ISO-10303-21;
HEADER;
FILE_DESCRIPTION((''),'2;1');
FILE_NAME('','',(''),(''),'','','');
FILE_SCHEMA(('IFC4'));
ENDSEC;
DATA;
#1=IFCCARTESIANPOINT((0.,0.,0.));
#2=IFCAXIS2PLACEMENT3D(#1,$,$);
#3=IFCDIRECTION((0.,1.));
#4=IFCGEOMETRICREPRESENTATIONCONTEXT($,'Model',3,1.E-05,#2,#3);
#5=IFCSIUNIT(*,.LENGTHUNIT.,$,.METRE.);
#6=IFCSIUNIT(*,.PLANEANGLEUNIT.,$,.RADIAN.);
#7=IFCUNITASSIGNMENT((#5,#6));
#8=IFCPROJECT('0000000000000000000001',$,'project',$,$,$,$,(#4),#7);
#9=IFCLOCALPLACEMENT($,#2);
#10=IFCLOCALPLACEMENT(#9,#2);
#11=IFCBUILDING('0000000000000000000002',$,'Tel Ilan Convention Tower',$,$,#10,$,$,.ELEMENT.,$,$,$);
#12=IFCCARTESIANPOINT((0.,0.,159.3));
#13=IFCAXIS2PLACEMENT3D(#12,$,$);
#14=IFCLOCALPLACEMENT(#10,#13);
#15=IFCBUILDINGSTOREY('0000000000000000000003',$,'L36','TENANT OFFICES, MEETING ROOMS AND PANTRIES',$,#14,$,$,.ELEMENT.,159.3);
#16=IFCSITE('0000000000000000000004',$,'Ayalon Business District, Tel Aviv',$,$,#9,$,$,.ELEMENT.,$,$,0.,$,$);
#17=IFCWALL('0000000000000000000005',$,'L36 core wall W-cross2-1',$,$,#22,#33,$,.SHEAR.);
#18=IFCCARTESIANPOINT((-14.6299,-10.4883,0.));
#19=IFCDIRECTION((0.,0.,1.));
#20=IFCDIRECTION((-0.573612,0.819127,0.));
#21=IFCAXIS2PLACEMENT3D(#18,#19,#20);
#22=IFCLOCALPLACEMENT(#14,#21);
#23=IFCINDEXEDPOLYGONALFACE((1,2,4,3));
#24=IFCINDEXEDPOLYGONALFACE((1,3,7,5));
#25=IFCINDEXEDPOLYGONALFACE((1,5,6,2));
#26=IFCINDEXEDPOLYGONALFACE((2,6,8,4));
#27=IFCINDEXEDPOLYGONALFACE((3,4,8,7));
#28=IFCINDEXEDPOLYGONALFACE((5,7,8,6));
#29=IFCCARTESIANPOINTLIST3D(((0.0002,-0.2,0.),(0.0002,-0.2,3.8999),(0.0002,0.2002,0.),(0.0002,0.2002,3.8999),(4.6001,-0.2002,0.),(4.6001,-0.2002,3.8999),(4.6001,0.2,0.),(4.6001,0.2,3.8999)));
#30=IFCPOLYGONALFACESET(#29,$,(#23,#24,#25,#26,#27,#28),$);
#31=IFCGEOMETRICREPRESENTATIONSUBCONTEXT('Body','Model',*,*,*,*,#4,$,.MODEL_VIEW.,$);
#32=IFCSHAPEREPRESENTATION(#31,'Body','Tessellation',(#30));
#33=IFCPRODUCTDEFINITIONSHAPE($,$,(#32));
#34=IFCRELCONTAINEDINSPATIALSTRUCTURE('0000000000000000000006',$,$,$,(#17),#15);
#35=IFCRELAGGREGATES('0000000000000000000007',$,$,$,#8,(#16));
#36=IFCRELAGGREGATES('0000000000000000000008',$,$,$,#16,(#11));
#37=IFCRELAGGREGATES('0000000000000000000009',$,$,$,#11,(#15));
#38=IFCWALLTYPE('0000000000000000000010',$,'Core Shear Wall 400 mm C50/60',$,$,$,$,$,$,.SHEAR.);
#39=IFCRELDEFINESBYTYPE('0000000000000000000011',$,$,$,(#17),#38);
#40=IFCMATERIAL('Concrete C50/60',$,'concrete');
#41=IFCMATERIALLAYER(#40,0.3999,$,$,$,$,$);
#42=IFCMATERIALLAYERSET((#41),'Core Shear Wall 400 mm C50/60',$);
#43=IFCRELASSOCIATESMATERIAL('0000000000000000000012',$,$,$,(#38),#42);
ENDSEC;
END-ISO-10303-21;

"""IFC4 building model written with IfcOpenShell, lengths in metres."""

from ifc_helpers import new_model, si_unit, direction, frame, origin, place, context, subcontext, project, spatial, polyline, outline, extrude, material, layer, layer_set, type_object, element, save


model = new_model("IFC4")

# Units and contexts
model_context = context("Model", 3, precision=1e-05, world=origin(), true_north=direction((0.0, 1.0)))
body_context = subcontext(model_context, "Body", "Model", "MODEL_VIEW")
ifc_project = project(units=[si_unit("LENGTHUNIT", "METRE"), si_unit("PLANEANGLEUNIT", "RADIAN")], contexts=[model_context])

# Site, building, storey
site_placement = place(None, origin())
site = spatial("IfcSite", under=ifc_project, at=site_placement, Name="Ayalon Business District, Tel Aviv", CompositionType="ELEMENT", RefElevation=0.0)
building_placement = place(site_placement, origin())
building = spatial("IfcBuilding", under=site, at=building_placement, Name="Tel Ilan Convention Tower", CompositionType="ELEMENT")
storey_placement = place(building_placement, frame((0.0, 0.0, 159.3)))
storey = spatial("IfcBuildingStorey", under=building, at=storey_placement, Name="L36", Description="TENANT OFFICES, MEETING ROOMS AND PANTRIES", CompositionType="ELEMENT", Elevation=159.3)

# Wall
ifc_material_1 = material(Name="Concrete C50/60", Category="concrete")
ifc_layer_1 = layer(ifc_material_1, 0.3999)
ifc_layer_set_1 = layer_set([ifc_layer_1], Name="Core Shear Wall 400 mm C50/60")
wall_type_1 = type_object("IfcWallType", Name="Core Shear Wall 400 mm C50/60", PredefinedType="SHEAR", material=ifc_layer_set_1)
wall_1_placement = place(storey_placement, frame((-14.6299, -10.4883, 0.0), z_axis=(0.0, 0.0, 1.0), x_axis=(-0.573612, 0.819127, 0.0)))
element("IfcWall", 1, at=wall_1_placement, inside=storey, type_object=wall_type_1, Name="L36 core wall W-cross2-1", PredefinedType="SHEAR", context=body_context, shape_type="SweptSolid", body=[
    extrude(outline(polyline([(4.6001, 0.2), (0.0002, 0.2002), (0.0002, -0.2), (4.6001, -0.2002), (4.6001, 0.2)])), origin(), (0.0, 0.0, 1.0), 3.8999),
])

save(model, "model.ifc")
